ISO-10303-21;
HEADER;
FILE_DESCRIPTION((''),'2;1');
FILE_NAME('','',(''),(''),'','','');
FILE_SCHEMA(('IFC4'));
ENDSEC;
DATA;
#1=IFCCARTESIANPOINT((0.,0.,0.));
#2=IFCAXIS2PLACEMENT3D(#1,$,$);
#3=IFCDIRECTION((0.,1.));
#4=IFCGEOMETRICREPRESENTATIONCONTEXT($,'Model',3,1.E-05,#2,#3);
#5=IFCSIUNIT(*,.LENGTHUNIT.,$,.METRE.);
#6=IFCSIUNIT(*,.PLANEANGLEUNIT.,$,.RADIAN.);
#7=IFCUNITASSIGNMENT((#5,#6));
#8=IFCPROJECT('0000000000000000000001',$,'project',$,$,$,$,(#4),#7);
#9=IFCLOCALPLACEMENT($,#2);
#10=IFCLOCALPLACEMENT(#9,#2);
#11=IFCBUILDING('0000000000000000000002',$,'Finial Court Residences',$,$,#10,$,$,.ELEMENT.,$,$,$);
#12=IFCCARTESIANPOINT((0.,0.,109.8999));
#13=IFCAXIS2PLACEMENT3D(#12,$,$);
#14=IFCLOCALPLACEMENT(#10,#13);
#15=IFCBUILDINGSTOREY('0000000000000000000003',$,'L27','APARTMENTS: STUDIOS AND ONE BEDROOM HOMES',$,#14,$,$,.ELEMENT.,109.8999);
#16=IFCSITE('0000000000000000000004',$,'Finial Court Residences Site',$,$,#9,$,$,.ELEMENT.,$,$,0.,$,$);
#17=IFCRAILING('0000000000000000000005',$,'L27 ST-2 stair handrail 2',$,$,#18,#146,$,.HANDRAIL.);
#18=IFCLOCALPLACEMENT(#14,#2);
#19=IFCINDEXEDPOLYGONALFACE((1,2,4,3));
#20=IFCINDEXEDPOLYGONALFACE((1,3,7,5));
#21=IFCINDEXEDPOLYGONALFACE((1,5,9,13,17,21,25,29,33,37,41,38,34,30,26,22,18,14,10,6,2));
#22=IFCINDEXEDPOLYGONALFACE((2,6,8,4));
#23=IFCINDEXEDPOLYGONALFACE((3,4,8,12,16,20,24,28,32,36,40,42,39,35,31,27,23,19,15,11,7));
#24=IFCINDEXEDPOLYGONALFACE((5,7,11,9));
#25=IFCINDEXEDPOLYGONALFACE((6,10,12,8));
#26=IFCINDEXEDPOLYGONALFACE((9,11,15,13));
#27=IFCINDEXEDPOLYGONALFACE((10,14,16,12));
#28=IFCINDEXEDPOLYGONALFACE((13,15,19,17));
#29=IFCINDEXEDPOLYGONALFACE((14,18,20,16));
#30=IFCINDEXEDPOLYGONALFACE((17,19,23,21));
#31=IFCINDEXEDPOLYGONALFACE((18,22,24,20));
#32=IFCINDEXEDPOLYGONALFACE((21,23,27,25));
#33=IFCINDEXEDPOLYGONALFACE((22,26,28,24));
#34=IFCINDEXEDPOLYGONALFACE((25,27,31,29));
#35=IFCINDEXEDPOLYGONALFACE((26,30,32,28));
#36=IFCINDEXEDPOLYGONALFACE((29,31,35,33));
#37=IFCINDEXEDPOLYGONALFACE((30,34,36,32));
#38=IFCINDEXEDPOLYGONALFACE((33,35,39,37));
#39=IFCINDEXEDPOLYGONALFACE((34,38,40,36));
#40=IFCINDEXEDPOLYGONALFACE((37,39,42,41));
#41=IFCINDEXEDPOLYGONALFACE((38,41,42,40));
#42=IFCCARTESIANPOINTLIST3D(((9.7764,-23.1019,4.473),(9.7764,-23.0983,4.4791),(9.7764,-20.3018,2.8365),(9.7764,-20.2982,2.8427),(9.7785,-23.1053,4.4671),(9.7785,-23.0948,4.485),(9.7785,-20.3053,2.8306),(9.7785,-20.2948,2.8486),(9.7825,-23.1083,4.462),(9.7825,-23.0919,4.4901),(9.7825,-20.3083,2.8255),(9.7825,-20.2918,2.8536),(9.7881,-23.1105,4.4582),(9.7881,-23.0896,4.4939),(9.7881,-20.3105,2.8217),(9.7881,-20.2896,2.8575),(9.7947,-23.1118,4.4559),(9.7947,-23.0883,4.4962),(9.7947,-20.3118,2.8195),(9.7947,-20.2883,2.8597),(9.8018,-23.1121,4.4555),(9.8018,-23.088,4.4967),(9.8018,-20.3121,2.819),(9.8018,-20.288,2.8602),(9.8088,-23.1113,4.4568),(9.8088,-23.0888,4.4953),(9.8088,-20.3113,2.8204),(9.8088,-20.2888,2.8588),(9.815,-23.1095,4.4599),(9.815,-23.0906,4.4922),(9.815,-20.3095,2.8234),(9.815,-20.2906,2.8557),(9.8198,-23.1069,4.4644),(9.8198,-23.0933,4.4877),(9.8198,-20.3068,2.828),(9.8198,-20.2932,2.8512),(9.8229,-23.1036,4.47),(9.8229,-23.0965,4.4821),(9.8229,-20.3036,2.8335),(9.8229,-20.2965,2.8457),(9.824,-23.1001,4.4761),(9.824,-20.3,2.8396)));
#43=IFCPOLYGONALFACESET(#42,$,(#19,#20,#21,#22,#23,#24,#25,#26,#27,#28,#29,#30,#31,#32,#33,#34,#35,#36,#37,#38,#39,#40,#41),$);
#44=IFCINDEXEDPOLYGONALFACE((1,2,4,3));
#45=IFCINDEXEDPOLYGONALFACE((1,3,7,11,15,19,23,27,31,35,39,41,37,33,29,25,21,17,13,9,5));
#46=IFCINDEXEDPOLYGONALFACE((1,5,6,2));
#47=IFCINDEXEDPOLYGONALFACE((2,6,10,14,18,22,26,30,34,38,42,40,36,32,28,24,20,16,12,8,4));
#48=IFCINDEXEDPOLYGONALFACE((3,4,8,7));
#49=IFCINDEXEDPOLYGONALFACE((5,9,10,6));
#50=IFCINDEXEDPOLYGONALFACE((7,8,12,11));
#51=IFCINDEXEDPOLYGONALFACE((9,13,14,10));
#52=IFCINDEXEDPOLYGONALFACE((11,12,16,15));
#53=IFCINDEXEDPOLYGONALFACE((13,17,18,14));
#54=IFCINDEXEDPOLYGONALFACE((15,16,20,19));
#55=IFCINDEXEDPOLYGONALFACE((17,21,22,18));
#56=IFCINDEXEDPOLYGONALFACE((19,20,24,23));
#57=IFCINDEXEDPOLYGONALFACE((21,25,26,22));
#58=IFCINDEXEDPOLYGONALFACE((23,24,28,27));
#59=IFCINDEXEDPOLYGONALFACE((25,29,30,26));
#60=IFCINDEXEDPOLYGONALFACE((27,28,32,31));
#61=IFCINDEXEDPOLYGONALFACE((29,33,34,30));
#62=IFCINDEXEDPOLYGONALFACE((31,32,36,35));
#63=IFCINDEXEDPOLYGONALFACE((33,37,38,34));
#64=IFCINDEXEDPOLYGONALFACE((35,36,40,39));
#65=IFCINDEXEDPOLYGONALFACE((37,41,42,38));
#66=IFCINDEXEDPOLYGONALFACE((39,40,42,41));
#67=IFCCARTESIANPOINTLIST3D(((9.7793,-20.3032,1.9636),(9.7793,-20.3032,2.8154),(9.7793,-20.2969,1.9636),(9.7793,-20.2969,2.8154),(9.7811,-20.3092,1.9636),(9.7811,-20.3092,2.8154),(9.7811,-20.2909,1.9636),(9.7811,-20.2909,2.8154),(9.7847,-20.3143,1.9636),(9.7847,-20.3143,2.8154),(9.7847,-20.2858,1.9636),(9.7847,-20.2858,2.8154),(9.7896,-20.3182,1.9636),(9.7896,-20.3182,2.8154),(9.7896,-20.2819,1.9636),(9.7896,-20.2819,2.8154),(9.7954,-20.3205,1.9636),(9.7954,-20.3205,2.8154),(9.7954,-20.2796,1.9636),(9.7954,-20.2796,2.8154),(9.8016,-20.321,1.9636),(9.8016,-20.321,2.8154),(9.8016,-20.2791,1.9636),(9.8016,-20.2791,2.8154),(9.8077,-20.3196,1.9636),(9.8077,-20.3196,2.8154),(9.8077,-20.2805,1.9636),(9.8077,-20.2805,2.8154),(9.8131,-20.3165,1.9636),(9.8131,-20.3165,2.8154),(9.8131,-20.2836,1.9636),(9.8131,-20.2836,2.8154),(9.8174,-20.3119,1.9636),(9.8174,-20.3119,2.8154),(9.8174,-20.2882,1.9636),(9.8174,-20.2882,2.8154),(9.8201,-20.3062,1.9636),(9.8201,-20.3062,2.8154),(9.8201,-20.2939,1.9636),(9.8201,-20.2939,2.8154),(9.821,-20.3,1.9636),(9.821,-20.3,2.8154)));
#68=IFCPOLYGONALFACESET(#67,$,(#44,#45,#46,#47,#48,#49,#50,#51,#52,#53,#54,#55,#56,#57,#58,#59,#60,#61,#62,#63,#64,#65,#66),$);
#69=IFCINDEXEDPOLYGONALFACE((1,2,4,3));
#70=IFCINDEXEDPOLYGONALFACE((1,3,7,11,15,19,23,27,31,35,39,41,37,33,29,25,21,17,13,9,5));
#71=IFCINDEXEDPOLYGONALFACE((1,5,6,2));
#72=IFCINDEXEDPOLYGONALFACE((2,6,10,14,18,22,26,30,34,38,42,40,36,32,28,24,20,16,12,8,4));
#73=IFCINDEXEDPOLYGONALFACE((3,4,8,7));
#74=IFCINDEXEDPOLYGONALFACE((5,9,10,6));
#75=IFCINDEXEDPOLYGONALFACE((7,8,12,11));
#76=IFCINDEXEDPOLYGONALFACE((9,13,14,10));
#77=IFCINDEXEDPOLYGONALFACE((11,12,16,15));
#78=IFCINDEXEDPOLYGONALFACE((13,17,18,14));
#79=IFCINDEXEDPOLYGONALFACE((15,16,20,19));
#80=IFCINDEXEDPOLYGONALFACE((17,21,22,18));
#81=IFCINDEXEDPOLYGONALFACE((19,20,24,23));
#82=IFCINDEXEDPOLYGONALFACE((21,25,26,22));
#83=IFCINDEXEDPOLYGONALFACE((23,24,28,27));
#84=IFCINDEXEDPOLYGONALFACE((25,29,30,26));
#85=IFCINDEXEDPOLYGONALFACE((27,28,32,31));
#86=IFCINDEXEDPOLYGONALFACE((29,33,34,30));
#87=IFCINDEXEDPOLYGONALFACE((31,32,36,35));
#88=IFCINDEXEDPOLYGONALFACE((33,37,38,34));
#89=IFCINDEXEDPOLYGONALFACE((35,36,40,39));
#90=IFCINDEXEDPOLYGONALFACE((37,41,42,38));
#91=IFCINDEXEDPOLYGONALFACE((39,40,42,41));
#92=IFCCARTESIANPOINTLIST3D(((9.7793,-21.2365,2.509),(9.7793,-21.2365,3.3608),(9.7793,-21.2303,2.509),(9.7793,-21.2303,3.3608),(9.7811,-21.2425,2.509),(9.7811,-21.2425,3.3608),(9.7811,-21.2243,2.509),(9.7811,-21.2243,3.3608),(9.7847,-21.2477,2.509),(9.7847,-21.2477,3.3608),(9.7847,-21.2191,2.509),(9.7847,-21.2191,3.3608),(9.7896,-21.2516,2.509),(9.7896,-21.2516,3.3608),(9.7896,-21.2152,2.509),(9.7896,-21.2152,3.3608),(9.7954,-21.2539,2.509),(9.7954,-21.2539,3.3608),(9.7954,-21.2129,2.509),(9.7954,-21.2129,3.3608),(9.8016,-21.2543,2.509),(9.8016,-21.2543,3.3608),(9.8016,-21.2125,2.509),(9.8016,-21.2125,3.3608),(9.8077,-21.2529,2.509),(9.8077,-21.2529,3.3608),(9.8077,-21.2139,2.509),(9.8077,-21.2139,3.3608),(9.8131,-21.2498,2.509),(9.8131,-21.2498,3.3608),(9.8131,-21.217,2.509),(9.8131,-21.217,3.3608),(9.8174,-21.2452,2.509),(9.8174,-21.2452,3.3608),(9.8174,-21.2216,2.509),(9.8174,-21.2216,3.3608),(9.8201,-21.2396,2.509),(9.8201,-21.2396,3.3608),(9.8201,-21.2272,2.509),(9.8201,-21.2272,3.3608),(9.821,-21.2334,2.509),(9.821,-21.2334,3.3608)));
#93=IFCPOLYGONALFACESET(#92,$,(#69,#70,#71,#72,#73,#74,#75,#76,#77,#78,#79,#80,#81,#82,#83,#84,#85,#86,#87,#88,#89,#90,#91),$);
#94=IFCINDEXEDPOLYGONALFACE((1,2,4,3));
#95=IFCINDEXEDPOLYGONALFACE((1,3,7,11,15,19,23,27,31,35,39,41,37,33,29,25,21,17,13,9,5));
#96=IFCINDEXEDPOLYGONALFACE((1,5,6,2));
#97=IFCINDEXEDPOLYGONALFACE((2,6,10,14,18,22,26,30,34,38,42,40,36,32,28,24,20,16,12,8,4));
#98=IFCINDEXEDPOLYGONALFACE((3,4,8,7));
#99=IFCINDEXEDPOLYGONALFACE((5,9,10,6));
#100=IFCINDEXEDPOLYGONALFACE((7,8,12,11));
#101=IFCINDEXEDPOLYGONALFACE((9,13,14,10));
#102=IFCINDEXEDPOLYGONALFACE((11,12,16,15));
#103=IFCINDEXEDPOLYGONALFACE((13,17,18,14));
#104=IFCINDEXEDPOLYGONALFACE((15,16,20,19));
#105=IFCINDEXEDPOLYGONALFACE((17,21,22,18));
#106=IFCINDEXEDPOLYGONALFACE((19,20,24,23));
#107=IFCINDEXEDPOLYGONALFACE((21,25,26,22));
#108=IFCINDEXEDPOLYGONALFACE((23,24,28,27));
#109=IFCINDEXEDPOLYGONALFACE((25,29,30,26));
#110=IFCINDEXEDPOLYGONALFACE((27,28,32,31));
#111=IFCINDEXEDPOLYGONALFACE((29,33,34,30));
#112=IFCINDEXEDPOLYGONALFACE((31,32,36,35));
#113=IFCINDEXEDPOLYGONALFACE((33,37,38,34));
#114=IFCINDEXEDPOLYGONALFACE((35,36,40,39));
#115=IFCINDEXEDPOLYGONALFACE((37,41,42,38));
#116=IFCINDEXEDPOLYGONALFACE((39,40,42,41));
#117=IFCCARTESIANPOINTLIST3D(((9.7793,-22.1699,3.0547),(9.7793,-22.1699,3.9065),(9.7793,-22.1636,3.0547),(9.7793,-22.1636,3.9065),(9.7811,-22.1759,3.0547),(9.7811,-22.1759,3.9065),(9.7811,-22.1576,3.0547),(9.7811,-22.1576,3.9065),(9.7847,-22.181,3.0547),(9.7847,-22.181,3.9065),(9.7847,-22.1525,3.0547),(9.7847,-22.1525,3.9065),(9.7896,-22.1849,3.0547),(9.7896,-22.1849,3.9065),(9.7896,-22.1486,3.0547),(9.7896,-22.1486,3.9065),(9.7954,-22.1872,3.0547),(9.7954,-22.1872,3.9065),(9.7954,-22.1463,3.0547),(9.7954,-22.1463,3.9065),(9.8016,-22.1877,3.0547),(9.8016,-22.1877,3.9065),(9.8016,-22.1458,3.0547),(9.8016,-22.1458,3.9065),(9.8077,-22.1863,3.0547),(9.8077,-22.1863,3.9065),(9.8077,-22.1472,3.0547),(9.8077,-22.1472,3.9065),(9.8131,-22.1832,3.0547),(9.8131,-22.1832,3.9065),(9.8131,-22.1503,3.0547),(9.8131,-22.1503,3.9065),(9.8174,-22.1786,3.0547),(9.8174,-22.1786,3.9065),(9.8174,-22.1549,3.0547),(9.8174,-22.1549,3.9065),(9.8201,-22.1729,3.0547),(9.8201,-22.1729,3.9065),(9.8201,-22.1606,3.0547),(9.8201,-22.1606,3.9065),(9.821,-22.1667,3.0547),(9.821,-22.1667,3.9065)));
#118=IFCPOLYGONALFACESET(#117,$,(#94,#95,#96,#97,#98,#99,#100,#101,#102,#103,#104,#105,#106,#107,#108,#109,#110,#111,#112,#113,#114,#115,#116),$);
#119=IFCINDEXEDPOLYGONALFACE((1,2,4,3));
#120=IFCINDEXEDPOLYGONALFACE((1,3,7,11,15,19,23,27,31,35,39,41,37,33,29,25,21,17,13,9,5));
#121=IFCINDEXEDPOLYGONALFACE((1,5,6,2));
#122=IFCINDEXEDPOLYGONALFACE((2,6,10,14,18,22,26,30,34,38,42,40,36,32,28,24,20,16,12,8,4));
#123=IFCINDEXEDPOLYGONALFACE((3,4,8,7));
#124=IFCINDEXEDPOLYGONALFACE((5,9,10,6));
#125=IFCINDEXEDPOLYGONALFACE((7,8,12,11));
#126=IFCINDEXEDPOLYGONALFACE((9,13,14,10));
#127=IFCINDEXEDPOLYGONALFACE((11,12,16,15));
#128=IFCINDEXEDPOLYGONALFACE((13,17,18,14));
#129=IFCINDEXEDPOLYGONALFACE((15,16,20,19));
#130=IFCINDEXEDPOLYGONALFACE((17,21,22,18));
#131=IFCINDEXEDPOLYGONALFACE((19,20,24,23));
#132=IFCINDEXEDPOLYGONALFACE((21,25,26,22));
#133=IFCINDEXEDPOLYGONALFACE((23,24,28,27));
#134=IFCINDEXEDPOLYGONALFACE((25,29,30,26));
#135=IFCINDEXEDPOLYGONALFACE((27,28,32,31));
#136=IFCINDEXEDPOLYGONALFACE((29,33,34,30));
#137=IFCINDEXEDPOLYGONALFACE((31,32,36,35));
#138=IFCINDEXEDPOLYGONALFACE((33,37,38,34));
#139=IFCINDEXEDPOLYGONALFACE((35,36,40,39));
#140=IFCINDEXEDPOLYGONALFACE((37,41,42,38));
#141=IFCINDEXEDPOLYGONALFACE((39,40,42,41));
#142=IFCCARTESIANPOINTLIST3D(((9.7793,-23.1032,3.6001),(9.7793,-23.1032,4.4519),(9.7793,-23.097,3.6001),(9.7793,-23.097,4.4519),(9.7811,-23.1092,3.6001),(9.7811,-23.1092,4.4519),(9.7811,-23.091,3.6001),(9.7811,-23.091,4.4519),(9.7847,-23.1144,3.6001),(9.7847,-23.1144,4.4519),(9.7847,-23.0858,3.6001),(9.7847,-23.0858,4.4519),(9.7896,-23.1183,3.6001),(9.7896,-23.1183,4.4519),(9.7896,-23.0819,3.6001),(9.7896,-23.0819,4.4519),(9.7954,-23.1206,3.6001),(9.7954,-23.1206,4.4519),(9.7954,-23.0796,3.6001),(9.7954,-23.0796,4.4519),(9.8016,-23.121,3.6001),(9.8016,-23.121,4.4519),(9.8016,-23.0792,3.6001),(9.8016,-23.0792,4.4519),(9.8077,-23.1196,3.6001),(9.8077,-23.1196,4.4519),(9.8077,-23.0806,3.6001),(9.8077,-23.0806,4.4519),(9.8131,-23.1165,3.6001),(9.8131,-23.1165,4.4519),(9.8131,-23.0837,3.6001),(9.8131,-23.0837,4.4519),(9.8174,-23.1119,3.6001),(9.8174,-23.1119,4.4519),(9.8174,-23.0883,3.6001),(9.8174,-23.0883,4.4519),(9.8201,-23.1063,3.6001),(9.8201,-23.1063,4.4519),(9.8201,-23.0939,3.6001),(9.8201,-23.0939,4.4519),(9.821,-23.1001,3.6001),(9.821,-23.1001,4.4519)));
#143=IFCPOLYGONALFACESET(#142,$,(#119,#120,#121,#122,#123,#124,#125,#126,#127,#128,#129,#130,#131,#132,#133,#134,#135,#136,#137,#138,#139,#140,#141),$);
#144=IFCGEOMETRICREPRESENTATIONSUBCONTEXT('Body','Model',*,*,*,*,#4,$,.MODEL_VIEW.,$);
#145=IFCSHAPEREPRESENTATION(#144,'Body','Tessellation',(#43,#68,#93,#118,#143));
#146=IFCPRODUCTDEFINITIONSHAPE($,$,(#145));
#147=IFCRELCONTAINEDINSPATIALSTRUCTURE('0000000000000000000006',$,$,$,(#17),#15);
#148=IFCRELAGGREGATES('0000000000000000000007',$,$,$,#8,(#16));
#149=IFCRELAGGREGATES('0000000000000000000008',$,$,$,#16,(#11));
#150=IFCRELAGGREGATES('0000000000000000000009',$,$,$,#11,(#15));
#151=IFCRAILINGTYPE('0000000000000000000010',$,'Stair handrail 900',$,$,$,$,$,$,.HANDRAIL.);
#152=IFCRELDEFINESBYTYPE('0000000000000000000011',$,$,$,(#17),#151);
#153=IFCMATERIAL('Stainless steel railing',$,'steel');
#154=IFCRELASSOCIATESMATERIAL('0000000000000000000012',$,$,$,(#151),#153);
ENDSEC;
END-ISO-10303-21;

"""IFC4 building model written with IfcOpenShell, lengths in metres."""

from ifc_helpers import new_model, si_unit, direction, frame, origin, origin_2d, place, context, subcontext, project, spatial, circle, extrude, material, type_object, element, save


model = new_model("IFC4")

# Units and contexts
model_context = context("Model", 3, precision=1e-05, world=origin(), true_north=direction((0.0, 1.0)))
body_context = subcontext(model_context, "Body", "Model", "MODEL_VIEW")
ifc_project = project(units=[si_unit("LENGTHUNIT", "METRE"), si_unit("PLANEANGLEUNIT", "RADIAN")], contexts=[model_context])

# Site, building, storey
site_placement = place(None, origin())
site = spatial("IfcSite", under=ifc_project, at=site_placement, Name="Finial Court Residences Site", CompositionType="ELEMENT", RefElevation=0.0)
building_placement = place(site_placement, origin())
building = spatial("IfcBuilding", under=site, at=building_placement, Name="Finial Court Residences", CompositionType="ELEMENT")
storey_placement = place(building_placement, frame((0.0, 0.0, 109.8999)))
storey = spatial("IfcBuildingStorey", under=building, at=storey_placement, Name="L27", Description="APARTMENTS: STUDIOS AND ONE BEDROOM HOMES", CompositionType="ELEMENT", Elevation=109.8999)

# Railing
ifc_material_1 = material(Name="Stainless steel railing", Category="steel")
railing_type_1 = type_object("IfcRailingType", Name="Stair handrail 900", PredefinedType="HANDRAIL", material=ifc_material_1)
railing_1_placement = place(storey_placement, frame((9.8, -20.3, 1.9636)))
element("IfcRailing", 1, at=railing_1_placement, inside=storey, type_object=railing_type_1, Name="L27 ST-2 stair handrail 2", PredefinedType="HANDRAIL", context=body_context, shape_type="SweptSolid", body=[
    extrude(circle(Radius=0.0239, at=origin_2d()), frame((0.0, 0.0, 0.876), z_axis=(0.0, -0.863361, 0.504587), x_axis=(1.0, 0.0, 0.0)), (0.0, 0.0, 1.0), 3.2432),
    extrude(circle(Radius=0.021, at=origin_2d()), origin(), (0.0, 0.0, 1.0), 0.8518),
    extrude(circle(Radius=0.021, at=origin_2d()), frame((0.0, -0.9333, 0.5454)), (0.0, 0.0, 1.0), 0.8518),
    extrude(circle(Radius=0.021, at=origin_2d()), frame((0.0, -1.8667, 1.0911)), (0.0, 0.0, 1.0), 0.8518),
    extrude(circle(Radius=0.021, at=origin_2d()), frame((0.0, -2.8, 1.6365)), (0.0, 0.0, 1.0), 0.8518),
])

save(model, "model.ifc")
